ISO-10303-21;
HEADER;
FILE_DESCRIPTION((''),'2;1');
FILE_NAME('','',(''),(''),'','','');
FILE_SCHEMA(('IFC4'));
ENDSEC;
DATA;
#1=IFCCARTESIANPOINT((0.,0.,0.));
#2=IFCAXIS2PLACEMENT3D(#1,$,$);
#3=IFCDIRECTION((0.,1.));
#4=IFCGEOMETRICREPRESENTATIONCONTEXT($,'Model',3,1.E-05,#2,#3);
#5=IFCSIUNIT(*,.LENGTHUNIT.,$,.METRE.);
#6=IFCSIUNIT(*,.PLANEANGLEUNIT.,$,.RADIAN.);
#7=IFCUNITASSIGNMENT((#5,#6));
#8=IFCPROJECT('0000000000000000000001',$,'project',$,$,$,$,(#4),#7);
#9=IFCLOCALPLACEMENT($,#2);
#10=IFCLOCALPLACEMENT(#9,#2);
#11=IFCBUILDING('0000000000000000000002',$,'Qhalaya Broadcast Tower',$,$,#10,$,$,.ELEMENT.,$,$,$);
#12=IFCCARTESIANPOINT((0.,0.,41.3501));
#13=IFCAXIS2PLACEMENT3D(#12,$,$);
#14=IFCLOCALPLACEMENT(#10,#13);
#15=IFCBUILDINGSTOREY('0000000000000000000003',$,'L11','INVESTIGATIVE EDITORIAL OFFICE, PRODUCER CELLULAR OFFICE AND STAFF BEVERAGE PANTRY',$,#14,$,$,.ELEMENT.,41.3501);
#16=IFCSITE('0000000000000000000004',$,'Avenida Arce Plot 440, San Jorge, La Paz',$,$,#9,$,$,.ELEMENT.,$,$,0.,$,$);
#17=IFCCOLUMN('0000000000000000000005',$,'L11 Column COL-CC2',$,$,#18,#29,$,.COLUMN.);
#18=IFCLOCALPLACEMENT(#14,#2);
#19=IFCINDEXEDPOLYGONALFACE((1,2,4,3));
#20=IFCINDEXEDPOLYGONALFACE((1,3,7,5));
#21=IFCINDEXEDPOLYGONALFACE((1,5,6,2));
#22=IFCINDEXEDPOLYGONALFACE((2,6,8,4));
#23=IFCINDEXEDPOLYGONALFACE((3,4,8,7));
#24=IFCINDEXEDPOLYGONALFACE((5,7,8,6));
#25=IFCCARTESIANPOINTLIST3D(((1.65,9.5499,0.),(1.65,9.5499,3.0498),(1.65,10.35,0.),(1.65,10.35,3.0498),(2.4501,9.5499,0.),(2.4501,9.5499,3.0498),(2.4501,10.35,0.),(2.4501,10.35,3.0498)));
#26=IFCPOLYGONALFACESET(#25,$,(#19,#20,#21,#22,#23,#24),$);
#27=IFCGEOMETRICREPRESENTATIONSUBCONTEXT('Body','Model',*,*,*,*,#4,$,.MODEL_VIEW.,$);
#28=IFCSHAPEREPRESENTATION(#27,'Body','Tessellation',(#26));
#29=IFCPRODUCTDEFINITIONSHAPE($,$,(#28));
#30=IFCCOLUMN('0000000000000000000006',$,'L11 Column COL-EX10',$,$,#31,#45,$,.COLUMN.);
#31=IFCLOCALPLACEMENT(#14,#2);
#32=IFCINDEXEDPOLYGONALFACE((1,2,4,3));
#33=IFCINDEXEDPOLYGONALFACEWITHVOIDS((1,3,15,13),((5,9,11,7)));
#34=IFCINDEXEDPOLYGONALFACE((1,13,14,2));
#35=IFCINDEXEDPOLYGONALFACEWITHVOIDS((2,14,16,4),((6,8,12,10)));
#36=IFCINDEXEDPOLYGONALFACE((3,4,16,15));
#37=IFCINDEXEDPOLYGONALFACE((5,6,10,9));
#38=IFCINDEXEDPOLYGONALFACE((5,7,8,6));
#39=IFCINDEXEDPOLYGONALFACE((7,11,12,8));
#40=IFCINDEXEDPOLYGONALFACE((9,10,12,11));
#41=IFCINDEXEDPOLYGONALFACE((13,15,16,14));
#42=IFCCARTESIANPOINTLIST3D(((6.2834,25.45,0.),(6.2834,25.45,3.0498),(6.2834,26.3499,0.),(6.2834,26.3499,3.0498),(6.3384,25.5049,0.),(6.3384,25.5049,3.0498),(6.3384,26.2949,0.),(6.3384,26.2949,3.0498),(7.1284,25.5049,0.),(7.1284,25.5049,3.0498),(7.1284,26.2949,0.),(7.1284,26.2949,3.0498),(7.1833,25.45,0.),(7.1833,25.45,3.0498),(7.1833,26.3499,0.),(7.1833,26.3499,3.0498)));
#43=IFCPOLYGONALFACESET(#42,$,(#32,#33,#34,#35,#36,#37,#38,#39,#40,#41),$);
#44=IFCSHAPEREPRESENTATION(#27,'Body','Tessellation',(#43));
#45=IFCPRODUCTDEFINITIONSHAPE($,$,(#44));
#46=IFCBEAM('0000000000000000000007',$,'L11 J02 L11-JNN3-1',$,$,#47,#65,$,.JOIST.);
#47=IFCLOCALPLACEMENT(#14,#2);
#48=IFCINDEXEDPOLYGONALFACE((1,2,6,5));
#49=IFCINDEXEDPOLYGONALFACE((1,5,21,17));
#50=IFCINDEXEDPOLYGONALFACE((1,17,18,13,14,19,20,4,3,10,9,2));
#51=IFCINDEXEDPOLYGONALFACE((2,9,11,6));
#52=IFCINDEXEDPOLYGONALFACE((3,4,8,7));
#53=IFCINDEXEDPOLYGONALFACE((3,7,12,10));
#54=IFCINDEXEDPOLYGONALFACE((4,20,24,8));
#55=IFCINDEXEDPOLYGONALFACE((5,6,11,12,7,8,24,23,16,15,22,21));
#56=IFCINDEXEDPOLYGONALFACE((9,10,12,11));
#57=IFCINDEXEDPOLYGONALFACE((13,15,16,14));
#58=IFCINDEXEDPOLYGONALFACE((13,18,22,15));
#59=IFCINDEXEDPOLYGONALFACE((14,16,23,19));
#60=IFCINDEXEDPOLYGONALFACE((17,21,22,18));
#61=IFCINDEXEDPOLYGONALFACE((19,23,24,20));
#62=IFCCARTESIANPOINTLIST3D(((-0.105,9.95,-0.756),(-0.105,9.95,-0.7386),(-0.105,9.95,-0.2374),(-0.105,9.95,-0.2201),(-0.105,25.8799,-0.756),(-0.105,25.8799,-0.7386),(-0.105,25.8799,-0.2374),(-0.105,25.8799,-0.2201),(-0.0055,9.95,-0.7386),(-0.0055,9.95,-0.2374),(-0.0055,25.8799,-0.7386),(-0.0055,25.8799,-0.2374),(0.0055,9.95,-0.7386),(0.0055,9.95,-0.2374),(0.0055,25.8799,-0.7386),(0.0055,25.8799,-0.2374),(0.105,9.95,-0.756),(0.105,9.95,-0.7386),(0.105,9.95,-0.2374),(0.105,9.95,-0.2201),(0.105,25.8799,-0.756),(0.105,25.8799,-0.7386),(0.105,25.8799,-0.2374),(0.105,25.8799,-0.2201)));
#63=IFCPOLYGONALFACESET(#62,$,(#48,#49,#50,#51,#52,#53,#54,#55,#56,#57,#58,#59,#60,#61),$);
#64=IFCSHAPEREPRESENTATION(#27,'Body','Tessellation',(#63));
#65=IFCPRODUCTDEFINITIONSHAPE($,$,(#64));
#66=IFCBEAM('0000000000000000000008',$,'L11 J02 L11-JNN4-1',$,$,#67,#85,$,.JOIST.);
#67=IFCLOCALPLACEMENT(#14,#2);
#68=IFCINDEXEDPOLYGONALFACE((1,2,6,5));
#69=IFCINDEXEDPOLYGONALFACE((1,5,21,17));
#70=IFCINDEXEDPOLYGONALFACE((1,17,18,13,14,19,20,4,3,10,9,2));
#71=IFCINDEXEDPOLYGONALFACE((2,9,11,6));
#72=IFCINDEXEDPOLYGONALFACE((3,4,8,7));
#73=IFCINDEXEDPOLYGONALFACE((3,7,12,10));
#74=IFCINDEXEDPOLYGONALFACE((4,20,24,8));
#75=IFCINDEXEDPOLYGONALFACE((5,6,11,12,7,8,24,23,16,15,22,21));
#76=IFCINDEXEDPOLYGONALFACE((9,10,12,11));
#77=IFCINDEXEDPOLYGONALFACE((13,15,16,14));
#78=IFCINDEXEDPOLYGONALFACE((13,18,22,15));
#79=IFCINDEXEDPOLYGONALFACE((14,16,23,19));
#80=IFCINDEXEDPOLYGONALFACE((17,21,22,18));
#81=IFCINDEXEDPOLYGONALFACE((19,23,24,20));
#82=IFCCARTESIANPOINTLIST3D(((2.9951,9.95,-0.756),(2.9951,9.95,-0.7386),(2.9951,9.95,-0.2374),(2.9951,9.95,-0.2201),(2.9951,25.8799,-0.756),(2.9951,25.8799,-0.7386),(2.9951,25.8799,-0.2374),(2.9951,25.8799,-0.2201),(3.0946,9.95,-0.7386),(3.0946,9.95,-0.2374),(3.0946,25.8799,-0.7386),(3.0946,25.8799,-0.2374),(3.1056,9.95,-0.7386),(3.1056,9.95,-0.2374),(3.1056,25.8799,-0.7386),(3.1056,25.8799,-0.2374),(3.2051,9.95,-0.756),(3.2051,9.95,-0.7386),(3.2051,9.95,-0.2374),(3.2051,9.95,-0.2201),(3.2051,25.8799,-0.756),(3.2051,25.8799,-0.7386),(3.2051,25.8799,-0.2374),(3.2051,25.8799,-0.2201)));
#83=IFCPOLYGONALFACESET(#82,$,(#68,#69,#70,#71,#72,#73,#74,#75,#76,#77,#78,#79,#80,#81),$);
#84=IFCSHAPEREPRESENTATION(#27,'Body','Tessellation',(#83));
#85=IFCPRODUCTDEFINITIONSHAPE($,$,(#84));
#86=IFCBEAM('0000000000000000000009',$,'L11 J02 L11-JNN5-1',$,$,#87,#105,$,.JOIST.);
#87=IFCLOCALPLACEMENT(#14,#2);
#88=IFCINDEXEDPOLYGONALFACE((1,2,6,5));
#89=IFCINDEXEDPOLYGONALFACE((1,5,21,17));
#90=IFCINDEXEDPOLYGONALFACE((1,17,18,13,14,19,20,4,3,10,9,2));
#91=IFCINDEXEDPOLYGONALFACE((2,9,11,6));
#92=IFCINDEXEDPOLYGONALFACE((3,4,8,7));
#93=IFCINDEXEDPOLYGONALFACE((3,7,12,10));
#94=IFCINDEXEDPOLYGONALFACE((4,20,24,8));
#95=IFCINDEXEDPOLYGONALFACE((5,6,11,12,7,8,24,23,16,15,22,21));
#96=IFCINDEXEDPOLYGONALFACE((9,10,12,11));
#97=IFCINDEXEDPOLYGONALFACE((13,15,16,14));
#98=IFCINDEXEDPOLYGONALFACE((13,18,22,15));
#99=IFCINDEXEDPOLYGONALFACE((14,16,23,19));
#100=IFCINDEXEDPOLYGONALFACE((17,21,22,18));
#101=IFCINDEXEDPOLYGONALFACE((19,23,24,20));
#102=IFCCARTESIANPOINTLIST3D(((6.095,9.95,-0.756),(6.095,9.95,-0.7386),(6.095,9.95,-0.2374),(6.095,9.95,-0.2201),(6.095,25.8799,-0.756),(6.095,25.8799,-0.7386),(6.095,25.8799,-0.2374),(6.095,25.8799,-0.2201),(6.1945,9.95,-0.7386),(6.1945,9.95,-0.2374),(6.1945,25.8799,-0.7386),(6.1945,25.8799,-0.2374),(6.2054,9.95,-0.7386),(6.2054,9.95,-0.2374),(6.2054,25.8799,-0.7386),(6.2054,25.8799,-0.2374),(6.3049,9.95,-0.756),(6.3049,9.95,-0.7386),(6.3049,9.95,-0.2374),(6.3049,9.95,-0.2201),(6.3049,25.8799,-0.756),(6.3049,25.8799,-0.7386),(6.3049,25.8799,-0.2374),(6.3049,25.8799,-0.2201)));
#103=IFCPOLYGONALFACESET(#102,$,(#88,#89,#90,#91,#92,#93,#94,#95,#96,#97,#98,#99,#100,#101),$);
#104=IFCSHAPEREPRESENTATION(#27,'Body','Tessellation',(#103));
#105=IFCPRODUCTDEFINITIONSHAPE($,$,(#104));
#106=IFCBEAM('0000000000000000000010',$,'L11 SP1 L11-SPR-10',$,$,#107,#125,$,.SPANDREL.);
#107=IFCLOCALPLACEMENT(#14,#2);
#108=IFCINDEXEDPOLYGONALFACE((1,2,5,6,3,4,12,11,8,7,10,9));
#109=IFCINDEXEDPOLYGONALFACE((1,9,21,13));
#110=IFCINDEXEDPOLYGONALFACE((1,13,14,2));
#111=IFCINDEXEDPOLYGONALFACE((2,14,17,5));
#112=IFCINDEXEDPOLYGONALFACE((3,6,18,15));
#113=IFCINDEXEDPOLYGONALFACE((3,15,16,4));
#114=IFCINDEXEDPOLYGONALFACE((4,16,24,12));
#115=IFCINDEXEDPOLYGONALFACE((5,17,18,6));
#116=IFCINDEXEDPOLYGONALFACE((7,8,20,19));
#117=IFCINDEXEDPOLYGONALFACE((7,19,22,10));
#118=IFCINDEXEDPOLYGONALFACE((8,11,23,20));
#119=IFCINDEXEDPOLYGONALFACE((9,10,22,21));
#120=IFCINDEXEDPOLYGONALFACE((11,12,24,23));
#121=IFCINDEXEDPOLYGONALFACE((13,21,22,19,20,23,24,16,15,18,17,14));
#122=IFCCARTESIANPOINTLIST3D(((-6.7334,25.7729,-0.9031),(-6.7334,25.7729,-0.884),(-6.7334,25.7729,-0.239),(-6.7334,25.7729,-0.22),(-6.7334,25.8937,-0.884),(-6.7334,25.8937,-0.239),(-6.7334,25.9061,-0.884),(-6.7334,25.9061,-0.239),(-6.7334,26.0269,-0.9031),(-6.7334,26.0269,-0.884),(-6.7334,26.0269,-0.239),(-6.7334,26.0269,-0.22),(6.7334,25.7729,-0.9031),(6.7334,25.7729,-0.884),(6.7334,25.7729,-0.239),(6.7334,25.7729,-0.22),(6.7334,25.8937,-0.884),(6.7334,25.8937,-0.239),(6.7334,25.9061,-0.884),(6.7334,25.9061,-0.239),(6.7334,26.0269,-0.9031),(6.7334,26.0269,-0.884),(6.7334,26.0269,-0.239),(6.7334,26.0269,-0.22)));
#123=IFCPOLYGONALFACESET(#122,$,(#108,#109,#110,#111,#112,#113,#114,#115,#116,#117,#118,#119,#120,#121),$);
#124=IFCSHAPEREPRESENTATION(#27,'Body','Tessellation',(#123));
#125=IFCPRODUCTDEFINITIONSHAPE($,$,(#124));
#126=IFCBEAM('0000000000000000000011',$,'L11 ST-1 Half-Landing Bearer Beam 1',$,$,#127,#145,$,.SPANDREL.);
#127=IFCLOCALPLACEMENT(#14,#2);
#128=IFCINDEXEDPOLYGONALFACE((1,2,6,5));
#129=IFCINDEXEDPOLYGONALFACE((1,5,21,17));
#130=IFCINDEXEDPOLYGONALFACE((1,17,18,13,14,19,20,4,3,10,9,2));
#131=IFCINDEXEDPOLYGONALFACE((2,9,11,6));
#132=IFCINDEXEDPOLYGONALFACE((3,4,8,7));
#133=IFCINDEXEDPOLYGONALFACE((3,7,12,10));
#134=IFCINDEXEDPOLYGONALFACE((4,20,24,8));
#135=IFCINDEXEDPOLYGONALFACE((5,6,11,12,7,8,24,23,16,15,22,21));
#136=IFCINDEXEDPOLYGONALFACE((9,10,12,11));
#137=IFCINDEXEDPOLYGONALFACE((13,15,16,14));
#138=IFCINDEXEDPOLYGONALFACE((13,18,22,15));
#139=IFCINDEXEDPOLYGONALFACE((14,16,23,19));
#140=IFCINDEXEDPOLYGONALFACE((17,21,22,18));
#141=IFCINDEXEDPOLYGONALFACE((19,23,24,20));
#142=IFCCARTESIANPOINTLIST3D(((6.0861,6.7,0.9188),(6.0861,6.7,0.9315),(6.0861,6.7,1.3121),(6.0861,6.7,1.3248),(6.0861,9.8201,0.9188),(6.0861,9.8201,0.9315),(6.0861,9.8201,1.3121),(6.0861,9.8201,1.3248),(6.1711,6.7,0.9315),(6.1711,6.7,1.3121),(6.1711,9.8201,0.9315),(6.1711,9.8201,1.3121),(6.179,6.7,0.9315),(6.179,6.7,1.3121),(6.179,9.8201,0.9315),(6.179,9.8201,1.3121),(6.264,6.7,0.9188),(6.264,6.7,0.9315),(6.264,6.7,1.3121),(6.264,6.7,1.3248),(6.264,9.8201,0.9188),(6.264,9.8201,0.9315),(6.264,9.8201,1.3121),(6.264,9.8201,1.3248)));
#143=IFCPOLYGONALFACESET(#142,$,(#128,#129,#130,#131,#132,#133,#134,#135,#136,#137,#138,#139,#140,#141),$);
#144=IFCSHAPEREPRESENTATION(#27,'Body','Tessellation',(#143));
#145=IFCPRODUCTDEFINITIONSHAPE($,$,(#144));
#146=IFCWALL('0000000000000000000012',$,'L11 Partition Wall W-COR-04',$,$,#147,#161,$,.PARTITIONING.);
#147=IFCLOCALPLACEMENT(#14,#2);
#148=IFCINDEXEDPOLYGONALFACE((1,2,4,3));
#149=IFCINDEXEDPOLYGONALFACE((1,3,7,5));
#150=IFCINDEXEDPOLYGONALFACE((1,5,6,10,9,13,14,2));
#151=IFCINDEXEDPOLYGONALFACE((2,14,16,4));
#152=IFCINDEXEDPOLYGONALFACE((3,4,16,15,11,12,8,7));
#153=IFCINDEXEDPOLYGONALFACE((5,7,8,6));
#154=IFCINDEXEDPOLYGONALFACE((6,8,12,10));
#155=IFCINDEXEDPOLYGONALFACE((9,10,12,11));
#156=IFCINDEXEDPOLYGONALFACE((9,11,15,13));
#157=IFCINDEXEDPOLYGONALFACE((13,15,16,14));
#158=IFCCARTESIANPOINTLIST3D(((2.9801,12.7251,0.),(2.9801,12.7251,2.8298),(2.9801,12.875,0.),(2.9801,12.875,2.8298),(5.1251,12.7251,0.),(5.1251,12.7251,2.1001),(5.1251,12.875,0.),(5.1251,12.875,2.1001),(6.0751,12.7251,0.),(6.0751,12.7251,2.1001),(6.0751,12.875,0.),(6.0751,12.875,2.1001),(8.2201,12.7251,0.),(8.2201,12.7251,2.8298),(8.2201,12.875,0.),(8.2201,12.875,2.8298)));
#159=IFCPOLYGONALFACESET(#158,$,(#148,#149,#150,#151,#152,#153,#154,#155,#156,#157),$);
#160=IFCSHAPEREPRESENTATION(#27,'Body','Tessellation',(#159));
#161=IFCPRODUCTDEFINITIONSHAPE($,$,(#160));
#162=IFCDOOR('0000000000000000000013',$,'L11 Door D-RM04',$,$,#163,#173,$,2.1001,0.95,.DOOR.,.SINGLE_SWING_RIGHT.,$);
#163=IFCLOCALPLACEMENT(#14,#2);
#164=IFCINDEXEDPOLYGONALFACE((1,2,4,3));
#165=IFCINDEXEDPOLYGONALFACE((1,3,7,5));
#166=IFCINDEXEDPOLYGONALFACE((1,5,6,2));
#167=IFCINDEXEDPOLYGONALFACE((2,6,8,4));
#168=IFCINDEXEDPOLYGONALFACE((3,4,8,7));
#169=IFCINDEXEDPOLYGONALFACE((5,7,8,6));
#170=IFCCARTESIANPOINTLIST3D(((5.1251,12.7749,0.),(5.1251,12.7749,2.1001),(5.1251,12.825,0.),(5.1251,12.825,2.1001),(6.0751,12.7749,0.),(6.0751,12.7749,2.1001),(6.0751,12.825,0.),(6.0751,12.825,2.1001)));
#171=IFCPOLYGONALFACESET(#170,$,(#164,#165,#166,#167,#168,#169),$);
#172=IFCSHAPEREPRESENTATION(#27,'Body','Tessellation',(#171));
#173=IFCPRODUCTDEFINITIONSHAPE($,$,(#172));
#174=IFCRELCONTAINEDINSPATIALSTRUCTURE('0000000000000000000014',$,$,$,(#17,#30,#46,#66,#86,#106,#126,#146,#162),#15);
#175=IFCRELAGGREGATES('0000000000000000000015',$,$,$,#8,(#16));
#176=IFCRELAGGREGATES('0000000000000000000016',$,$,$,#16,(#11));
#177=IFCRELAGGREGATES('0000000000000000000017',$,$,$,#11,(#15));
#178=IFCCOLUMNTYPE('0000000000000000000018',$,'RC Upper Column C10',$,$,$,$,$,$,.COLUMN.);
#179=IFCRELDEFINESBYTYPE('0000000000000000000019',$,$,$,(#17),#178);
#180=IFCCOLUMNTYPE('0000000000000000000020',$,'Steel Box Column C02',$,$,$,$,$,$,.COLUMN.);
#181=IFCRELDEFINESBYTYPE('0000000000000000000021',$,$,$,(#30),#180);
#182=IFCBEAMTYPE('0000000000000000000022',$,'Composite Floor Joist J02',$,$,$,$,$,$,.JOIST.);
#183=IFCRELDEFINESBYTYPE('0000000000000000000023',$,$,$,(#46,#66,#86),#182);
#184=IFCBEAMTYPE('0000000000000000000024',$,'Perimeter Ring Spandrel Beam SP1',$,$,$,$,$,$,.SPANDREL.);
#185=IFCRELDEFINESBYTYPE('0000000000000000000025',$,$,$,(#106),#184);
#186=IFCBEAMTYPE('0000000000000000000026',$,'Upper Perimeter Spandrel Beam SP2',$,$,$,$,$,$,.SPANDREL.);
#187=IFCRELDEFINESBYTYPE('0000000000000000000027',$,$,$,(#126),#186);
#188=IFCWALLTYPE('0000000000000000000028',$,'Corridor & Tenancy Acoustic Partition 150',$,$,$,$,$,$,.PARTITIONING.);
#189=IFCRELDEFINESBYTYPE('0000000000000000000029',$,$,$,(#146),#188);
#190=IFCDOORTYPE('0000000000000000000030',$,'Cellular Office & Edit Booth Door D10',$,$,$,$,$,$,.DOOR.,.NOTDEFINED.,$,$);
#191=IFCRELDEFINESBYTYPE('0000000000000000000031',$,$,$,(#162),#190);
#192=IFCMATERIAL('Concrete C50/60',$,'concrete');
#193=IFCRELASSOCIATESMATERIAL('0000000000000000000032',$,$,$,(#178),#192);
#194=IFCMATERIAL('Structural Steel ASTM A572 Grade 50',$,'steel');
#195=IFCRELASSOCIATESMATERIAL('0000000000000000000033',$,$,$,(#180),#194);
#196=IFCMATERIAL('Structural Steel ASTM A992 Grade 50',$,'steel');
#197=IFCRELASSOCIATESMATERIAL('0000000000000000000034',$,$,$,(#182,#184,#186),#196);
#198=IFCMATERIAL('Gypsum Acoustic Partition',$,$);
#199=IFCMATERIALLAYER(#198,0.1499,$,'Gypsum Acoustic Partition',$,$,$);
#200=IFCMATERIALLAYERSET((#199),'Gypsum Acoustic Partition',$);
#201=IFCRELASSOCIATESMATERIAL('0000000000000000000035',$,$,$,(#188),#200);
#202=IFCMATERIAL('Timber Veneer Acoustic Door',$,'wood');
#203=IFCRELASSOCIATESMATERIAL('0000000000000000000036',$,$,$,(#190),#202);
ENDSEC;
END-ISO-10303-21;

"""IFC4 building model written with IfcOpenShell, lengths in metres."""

from ifc_helpers import new_model, si_unit, direction, frame, frame_2d, origin, origin_2d, place, context, subcontext, project, spatial, rectangle, hollow_rectangle, i_section, extrude, material, layer, layer_set, material_profile, profile_set, type_object, element, fill, save


model = new_model("IFC4")

# Units and contexts
model_context = context("Model", 3, precision=1e-05, world=origin(), true_north=direction((0.0, 1.0)))
body_context = subcontext(model_context, "Body", "Model", "MODEL_VIEW")
ifc_project = project(units=[si_unit("LENGTHUNIT", "METRE"), si_unit("PLANEANGLEUNIT", "RADIAN")], contexts=[model_context])

# Site, building, storey
site_placement = place(None, origin())
site = spatial("IfcSite", under=ifc_project, at=site_placement, Name="Avenida Arce Plot 440, San Jorge, La Paz", CompositionType="ELEMENT", RefElevation=0.0)
building_placement = place(site_placement, origin())
building = spatial("IfcBuilding", under=site, at=building_placement, Name="Qhalaya Broadcast Tower", CompositionType="ELEMENT")
storey_placement = place(building_placement, frame((0.0, 0.0, 41.3501)))
storey = spatial("IfcBuildingStorey", under=building, at=storey_placement, Name="L11", Description="INVESTIGATIVE EDITORIAL OFFICE, PRODUCER CELLULAR OFFICE AND STAFF BEVERAGE PANTRY", CompositionType="ELEMENT", Elevation=41.3501)

# Columns
ifc_material_1 = material(Name="Concrete C50/60", Category="concrete")
ifc_material_profile_1 = material_profile(ifc_material_1, rectangle(XDim=0.8, YDim=0.8, at=origin_2d()), Name="RC-COL 800x800")
ifc_profile_set_1 = profile_set([ifc_material_profile_1], Name="Concrete C50/60")
column_type_1 = type_object("IfcColumnType", Name="RC Upper Column C10", PredefinedType="COLUMN", material=ifc_profile_set_1)
column_1_placement = place(storey_placement, frame((2.05, 9.95, 0.0), z_axis=(0.0, 0.0, 1.0), x_axis=(1.0, 0.0, 0.0)))
element("IfcColumn", 1, at=column_1_placement, inside=storey, type_object=column_type_1, Name="L11 Column COL-CC2", PredefinedType="COLUMN", context=body_context, shape_type="SweptSolid", body=[
    extrude(rectangle(XDim=0.8, YDim=0.8, at=origin_2d()), origin(), (0.0, 0.0, 1.0), 3.0498),
])
ifc_material_2 = material(Name="Structural Steel ASTM A572 Grade 50", Category="steel")
ifc_material_profile_2 = material_profile(ifc_material_2, hollow_rectangle(XDim=0.8999, YDim=0.8999, WallThickness=0.0549, at=origin_2d()), Name="BOX 900x900x55")
ifc_profile_set_2 = profile_set([ifc_material_profile_2], Name="Structural Steel ASTM A572 Grade 50")
column_type_2 = type_object("IfcColumnType", Name="Steel Box Column C02", PredefinedType="COLUMN", material=ifc_profile_set_2)
column_2_placement = place(storey_placement, frame((6.7334, 25.8999, 0.0), z_axis=(0.0, 0.0, 1.0), x_axis=(1.0, 0.0, 0.0)))
element("IfcColumn", 2, at=column_2_placement, inside=storey, type_object=column_type_2, Name="L11 Column COL-EX10", PredefinedType="COLUMN", context=body_context, shape_type="SweptSolid", body=[
    extrude(hollow_rectangle(XDim=0.8999, YDim=0.8999, WallThickness=0.0549, at=origin_2d()), origin(), (0.0, 0.0, 1.0), 3.0498),
])

# Beams
ifc_material_3 = material(Name="Structural Steel ASTM A992 Grade 50", Category="steel")
ifc_material_profile_3 = material_profile(ifc_material_3, i_section(OverallWidth=0.21, OverallDepth=0.5359, WebThickness=0.011, FlangeThickness=0.0173, at=origin_2d()), Name="W21X68")
ifc_profile_set_3 = profile_set([ifc_material_profile_3], Name="Structural Steel ASTM A992 Grade 50")
beam_type_1 = type_object("IfcBeamType", Name="Composite Floor Joist J02", PredefinedType="JOIST", material=ifc_profile_set_3)
for number, where, z_axis, x_axis, name in (
    (3, (0.0, 9.95, -0.488), (0.0, 1.0, 0.0), (-1.0, 0.0, 0.0), "L11 J02 L11-JNN3-1"),
    (4, (3.1001, 9.95, -0.488), (0.0, 1.0, 0.0), (-1.0, 0.0, 0.0), "L11 J02 L11-JNN4-1"),
    (5, (6.2, 9.95, -0.488), (0.0, 1.0, 0.0), (-1.0, 0.0, 0.0), "L11 J02 L11-JNN5-1"),
):
    element("IfcBeam", number, at=place(storey_placement, frame(where, z_axis=z_axis, x_axis=x_axis)), inside=storey, type_object=beam_type_1, Name=name, PredefinedType="JOIST", context=body_context, shape_type="SweptSolid", body=[
        extrude(i_section(OverallWidth=0.21, OverallDepth=0.5359, WebThickness=0.011, FlangeThickness=0.0173, at=origin_2d()), origin(), (0.0, 0.0, 1.0), 15.9299),
    ])
ifc_material_profile_4 = material_profile(ifc_material_3, i_section(OverallWidth=0.2539, OverallDepth=0.6831, WebThickness=0.0125, FlangeThickness=0.019, at=origin_2d()), Name="W27X94")
ifc_profile_set_4 = profile_set([ifc_material_profile_4], Name="Structural Steel ASTM A992 Grade 50")
beam_type_2 = type_object("IfcBeamType", Name="Perimeter Ring Spandrel Beam SP1", PredefinedType="SPANDREL", material=ifc_profile_set_4)
beam_1_placement = place(storey_placement, frame((6.7334, 25.8999, -0.5615), z_axis=(-1.0, 0.0, 0.0), x_axis=(0.0, -1.0, 0.0)))
element("IfcBeam", 6, at=beam_1_placement, inside=storey, type_object=beam_type_2, Name="L11 SP1 L11-SPR-10", PredefinedType="SPANDREL", context=body_context, shape_type="SweptSolid", body=[
    extrude(i_section(OverallWidth=0.2539, OverallDepth=0.6831, WebThickness=0.0125, FlangeThickness=0.019, at=origin_2d()), origin(), (0.0, 0.0, 1.0), 13.4668),
])
ifc_material_profile_5 = material_profile(ifc_material_3, i_section(OverallWidth=0.178, OverallDepth=0.406, WebThickness=0.0078, FlangeThickness=0.0127, at=origin_2d()), Name="W16X40")
ifc_profile_set_5 = profile_set([ifc_material_profile_5], Name="Structural Steel ASTM A992 Grade 50")
beam_type_3 = type_object("IfcBeamType", Name="Upper Perimeter Spandrel Beam SP2", PredefinedType="SPANDREL", material=ifc_profile_set_5)
beam_2_placement = place(storey_placement, frame((6.175, 6.7, 1.1218), z_axis=(0.0, 1.0, 0.0), x_axis=(-1.0, 0.0, 0.0)))
element("IfcBeam", 7, at=beam_2_placement, inside=storey, type_object=beam_type_3, Name="L11 ST-1 Half-Landing Bearer Beam 1", PredefinedType="SPANDREL", context=body_context, shape_type="SweptSolid", body=[
    extrude(i_section(OverallWidth=0.178, OverallDepth=0.406, WebThickness=0.0078, FlangeThickness=0.0127, at=origin_2d()), origin(), (0.0, 0.0, 1.0), 3.1201),
])

# Wall, opening, door
ifc_material_4 = material(Name="Gypsum Acoustic Partition")
ifc_layer_1 = layer(ifc_material_4, 0.1499, Name="Gypsum Acoustic Partition")
ifc_layer_set_1 = layer_set([ifc_layer_1], Name="Gypsum Acoustic Partition")
wall_type_1 = type_object("IfcWallType", Name="Corridor & Tenancy Acoustic Partition 150", PredefinedType="PARTITIONING", material=ifc_layer_set_1)
wall_1_placement = place(storey_placement, frame((2.98, 12.8, 0.0), z_axis=(0.0, 0.0, 1.0), x_axis=(1.0, 0.0, 0.0)))
wall_1 = element("IfcWall", 8, at=wall_1_placement, inside=storey, type_object=wall_type_1, Name="L11 Partition Wall W-COR-04", PredefinedType="PARTITIONING", context=body_context, shape_type="SweptSolid", body=[
    extrude(rectangle(XDim=5.24, YDim=0.1499, at=frame_2d((2.6201, 0.0))), origin(), (0.0, 0.0, 1.0), 2.8298),
])
opening_1_placement = place(wall_1_placement, frame((2.145, 0.0, 0.0)))
opening_1 = element("IfcOpeningElement", 9, at=opening_1_placement, cuts=wall_1, PredefinedType="OPENING", context=body_context, shape_type="SweptSolid", body=[
    extrude(rectangle(XDim=0.95, YDim=2.1001, at=frame_2d((0.4751, 1.05))), frame((0.0, 0.0869, 0.0), z_axis=(0.0, -1.0, 0.0), x_axis=(1.0, 0.0, 0.0)), (0.0, 0.0, 1.0), 0.1738),
])
ifc_material_5 = material(Name="Timber Veneer Acoustic Door", Category="wood")
door_type_1 = type_object("IfcDoorType", Name="Cellular Office & Edit Booth Door D10", OperationType="NOTDEFINED", PredefinedType="DOOR", material=ifc_material_5)
door_1_placement = place(opening_1_placement, origin())
door_1 = element("IfcDoor", 10, at=door_1_placement, inside=storey, type_object=door_type_1, Name="L11 Door D-RM04", OperationType="SINGLE_SWING_RIGHT", OverallHeight=2.1001, OverallWidth=0.95, PredefinedType="DOOR", context=body_context, shape_type="SweptSolid", body=[
    extrude(rectangle(XDim=0.95, YDim=2.1001, at=frame_2d((0.4751, 1.05))), frame((0.0, 0.0249, 0.0), z_axis=(0.0, -1.0, 0.0), x_axis=(1.0, 0.0, 0.0)), (0.0, 0.0, 1.0), 0.05),
])
fill(opening_1, door_1)

save(model, "model.ifc")
